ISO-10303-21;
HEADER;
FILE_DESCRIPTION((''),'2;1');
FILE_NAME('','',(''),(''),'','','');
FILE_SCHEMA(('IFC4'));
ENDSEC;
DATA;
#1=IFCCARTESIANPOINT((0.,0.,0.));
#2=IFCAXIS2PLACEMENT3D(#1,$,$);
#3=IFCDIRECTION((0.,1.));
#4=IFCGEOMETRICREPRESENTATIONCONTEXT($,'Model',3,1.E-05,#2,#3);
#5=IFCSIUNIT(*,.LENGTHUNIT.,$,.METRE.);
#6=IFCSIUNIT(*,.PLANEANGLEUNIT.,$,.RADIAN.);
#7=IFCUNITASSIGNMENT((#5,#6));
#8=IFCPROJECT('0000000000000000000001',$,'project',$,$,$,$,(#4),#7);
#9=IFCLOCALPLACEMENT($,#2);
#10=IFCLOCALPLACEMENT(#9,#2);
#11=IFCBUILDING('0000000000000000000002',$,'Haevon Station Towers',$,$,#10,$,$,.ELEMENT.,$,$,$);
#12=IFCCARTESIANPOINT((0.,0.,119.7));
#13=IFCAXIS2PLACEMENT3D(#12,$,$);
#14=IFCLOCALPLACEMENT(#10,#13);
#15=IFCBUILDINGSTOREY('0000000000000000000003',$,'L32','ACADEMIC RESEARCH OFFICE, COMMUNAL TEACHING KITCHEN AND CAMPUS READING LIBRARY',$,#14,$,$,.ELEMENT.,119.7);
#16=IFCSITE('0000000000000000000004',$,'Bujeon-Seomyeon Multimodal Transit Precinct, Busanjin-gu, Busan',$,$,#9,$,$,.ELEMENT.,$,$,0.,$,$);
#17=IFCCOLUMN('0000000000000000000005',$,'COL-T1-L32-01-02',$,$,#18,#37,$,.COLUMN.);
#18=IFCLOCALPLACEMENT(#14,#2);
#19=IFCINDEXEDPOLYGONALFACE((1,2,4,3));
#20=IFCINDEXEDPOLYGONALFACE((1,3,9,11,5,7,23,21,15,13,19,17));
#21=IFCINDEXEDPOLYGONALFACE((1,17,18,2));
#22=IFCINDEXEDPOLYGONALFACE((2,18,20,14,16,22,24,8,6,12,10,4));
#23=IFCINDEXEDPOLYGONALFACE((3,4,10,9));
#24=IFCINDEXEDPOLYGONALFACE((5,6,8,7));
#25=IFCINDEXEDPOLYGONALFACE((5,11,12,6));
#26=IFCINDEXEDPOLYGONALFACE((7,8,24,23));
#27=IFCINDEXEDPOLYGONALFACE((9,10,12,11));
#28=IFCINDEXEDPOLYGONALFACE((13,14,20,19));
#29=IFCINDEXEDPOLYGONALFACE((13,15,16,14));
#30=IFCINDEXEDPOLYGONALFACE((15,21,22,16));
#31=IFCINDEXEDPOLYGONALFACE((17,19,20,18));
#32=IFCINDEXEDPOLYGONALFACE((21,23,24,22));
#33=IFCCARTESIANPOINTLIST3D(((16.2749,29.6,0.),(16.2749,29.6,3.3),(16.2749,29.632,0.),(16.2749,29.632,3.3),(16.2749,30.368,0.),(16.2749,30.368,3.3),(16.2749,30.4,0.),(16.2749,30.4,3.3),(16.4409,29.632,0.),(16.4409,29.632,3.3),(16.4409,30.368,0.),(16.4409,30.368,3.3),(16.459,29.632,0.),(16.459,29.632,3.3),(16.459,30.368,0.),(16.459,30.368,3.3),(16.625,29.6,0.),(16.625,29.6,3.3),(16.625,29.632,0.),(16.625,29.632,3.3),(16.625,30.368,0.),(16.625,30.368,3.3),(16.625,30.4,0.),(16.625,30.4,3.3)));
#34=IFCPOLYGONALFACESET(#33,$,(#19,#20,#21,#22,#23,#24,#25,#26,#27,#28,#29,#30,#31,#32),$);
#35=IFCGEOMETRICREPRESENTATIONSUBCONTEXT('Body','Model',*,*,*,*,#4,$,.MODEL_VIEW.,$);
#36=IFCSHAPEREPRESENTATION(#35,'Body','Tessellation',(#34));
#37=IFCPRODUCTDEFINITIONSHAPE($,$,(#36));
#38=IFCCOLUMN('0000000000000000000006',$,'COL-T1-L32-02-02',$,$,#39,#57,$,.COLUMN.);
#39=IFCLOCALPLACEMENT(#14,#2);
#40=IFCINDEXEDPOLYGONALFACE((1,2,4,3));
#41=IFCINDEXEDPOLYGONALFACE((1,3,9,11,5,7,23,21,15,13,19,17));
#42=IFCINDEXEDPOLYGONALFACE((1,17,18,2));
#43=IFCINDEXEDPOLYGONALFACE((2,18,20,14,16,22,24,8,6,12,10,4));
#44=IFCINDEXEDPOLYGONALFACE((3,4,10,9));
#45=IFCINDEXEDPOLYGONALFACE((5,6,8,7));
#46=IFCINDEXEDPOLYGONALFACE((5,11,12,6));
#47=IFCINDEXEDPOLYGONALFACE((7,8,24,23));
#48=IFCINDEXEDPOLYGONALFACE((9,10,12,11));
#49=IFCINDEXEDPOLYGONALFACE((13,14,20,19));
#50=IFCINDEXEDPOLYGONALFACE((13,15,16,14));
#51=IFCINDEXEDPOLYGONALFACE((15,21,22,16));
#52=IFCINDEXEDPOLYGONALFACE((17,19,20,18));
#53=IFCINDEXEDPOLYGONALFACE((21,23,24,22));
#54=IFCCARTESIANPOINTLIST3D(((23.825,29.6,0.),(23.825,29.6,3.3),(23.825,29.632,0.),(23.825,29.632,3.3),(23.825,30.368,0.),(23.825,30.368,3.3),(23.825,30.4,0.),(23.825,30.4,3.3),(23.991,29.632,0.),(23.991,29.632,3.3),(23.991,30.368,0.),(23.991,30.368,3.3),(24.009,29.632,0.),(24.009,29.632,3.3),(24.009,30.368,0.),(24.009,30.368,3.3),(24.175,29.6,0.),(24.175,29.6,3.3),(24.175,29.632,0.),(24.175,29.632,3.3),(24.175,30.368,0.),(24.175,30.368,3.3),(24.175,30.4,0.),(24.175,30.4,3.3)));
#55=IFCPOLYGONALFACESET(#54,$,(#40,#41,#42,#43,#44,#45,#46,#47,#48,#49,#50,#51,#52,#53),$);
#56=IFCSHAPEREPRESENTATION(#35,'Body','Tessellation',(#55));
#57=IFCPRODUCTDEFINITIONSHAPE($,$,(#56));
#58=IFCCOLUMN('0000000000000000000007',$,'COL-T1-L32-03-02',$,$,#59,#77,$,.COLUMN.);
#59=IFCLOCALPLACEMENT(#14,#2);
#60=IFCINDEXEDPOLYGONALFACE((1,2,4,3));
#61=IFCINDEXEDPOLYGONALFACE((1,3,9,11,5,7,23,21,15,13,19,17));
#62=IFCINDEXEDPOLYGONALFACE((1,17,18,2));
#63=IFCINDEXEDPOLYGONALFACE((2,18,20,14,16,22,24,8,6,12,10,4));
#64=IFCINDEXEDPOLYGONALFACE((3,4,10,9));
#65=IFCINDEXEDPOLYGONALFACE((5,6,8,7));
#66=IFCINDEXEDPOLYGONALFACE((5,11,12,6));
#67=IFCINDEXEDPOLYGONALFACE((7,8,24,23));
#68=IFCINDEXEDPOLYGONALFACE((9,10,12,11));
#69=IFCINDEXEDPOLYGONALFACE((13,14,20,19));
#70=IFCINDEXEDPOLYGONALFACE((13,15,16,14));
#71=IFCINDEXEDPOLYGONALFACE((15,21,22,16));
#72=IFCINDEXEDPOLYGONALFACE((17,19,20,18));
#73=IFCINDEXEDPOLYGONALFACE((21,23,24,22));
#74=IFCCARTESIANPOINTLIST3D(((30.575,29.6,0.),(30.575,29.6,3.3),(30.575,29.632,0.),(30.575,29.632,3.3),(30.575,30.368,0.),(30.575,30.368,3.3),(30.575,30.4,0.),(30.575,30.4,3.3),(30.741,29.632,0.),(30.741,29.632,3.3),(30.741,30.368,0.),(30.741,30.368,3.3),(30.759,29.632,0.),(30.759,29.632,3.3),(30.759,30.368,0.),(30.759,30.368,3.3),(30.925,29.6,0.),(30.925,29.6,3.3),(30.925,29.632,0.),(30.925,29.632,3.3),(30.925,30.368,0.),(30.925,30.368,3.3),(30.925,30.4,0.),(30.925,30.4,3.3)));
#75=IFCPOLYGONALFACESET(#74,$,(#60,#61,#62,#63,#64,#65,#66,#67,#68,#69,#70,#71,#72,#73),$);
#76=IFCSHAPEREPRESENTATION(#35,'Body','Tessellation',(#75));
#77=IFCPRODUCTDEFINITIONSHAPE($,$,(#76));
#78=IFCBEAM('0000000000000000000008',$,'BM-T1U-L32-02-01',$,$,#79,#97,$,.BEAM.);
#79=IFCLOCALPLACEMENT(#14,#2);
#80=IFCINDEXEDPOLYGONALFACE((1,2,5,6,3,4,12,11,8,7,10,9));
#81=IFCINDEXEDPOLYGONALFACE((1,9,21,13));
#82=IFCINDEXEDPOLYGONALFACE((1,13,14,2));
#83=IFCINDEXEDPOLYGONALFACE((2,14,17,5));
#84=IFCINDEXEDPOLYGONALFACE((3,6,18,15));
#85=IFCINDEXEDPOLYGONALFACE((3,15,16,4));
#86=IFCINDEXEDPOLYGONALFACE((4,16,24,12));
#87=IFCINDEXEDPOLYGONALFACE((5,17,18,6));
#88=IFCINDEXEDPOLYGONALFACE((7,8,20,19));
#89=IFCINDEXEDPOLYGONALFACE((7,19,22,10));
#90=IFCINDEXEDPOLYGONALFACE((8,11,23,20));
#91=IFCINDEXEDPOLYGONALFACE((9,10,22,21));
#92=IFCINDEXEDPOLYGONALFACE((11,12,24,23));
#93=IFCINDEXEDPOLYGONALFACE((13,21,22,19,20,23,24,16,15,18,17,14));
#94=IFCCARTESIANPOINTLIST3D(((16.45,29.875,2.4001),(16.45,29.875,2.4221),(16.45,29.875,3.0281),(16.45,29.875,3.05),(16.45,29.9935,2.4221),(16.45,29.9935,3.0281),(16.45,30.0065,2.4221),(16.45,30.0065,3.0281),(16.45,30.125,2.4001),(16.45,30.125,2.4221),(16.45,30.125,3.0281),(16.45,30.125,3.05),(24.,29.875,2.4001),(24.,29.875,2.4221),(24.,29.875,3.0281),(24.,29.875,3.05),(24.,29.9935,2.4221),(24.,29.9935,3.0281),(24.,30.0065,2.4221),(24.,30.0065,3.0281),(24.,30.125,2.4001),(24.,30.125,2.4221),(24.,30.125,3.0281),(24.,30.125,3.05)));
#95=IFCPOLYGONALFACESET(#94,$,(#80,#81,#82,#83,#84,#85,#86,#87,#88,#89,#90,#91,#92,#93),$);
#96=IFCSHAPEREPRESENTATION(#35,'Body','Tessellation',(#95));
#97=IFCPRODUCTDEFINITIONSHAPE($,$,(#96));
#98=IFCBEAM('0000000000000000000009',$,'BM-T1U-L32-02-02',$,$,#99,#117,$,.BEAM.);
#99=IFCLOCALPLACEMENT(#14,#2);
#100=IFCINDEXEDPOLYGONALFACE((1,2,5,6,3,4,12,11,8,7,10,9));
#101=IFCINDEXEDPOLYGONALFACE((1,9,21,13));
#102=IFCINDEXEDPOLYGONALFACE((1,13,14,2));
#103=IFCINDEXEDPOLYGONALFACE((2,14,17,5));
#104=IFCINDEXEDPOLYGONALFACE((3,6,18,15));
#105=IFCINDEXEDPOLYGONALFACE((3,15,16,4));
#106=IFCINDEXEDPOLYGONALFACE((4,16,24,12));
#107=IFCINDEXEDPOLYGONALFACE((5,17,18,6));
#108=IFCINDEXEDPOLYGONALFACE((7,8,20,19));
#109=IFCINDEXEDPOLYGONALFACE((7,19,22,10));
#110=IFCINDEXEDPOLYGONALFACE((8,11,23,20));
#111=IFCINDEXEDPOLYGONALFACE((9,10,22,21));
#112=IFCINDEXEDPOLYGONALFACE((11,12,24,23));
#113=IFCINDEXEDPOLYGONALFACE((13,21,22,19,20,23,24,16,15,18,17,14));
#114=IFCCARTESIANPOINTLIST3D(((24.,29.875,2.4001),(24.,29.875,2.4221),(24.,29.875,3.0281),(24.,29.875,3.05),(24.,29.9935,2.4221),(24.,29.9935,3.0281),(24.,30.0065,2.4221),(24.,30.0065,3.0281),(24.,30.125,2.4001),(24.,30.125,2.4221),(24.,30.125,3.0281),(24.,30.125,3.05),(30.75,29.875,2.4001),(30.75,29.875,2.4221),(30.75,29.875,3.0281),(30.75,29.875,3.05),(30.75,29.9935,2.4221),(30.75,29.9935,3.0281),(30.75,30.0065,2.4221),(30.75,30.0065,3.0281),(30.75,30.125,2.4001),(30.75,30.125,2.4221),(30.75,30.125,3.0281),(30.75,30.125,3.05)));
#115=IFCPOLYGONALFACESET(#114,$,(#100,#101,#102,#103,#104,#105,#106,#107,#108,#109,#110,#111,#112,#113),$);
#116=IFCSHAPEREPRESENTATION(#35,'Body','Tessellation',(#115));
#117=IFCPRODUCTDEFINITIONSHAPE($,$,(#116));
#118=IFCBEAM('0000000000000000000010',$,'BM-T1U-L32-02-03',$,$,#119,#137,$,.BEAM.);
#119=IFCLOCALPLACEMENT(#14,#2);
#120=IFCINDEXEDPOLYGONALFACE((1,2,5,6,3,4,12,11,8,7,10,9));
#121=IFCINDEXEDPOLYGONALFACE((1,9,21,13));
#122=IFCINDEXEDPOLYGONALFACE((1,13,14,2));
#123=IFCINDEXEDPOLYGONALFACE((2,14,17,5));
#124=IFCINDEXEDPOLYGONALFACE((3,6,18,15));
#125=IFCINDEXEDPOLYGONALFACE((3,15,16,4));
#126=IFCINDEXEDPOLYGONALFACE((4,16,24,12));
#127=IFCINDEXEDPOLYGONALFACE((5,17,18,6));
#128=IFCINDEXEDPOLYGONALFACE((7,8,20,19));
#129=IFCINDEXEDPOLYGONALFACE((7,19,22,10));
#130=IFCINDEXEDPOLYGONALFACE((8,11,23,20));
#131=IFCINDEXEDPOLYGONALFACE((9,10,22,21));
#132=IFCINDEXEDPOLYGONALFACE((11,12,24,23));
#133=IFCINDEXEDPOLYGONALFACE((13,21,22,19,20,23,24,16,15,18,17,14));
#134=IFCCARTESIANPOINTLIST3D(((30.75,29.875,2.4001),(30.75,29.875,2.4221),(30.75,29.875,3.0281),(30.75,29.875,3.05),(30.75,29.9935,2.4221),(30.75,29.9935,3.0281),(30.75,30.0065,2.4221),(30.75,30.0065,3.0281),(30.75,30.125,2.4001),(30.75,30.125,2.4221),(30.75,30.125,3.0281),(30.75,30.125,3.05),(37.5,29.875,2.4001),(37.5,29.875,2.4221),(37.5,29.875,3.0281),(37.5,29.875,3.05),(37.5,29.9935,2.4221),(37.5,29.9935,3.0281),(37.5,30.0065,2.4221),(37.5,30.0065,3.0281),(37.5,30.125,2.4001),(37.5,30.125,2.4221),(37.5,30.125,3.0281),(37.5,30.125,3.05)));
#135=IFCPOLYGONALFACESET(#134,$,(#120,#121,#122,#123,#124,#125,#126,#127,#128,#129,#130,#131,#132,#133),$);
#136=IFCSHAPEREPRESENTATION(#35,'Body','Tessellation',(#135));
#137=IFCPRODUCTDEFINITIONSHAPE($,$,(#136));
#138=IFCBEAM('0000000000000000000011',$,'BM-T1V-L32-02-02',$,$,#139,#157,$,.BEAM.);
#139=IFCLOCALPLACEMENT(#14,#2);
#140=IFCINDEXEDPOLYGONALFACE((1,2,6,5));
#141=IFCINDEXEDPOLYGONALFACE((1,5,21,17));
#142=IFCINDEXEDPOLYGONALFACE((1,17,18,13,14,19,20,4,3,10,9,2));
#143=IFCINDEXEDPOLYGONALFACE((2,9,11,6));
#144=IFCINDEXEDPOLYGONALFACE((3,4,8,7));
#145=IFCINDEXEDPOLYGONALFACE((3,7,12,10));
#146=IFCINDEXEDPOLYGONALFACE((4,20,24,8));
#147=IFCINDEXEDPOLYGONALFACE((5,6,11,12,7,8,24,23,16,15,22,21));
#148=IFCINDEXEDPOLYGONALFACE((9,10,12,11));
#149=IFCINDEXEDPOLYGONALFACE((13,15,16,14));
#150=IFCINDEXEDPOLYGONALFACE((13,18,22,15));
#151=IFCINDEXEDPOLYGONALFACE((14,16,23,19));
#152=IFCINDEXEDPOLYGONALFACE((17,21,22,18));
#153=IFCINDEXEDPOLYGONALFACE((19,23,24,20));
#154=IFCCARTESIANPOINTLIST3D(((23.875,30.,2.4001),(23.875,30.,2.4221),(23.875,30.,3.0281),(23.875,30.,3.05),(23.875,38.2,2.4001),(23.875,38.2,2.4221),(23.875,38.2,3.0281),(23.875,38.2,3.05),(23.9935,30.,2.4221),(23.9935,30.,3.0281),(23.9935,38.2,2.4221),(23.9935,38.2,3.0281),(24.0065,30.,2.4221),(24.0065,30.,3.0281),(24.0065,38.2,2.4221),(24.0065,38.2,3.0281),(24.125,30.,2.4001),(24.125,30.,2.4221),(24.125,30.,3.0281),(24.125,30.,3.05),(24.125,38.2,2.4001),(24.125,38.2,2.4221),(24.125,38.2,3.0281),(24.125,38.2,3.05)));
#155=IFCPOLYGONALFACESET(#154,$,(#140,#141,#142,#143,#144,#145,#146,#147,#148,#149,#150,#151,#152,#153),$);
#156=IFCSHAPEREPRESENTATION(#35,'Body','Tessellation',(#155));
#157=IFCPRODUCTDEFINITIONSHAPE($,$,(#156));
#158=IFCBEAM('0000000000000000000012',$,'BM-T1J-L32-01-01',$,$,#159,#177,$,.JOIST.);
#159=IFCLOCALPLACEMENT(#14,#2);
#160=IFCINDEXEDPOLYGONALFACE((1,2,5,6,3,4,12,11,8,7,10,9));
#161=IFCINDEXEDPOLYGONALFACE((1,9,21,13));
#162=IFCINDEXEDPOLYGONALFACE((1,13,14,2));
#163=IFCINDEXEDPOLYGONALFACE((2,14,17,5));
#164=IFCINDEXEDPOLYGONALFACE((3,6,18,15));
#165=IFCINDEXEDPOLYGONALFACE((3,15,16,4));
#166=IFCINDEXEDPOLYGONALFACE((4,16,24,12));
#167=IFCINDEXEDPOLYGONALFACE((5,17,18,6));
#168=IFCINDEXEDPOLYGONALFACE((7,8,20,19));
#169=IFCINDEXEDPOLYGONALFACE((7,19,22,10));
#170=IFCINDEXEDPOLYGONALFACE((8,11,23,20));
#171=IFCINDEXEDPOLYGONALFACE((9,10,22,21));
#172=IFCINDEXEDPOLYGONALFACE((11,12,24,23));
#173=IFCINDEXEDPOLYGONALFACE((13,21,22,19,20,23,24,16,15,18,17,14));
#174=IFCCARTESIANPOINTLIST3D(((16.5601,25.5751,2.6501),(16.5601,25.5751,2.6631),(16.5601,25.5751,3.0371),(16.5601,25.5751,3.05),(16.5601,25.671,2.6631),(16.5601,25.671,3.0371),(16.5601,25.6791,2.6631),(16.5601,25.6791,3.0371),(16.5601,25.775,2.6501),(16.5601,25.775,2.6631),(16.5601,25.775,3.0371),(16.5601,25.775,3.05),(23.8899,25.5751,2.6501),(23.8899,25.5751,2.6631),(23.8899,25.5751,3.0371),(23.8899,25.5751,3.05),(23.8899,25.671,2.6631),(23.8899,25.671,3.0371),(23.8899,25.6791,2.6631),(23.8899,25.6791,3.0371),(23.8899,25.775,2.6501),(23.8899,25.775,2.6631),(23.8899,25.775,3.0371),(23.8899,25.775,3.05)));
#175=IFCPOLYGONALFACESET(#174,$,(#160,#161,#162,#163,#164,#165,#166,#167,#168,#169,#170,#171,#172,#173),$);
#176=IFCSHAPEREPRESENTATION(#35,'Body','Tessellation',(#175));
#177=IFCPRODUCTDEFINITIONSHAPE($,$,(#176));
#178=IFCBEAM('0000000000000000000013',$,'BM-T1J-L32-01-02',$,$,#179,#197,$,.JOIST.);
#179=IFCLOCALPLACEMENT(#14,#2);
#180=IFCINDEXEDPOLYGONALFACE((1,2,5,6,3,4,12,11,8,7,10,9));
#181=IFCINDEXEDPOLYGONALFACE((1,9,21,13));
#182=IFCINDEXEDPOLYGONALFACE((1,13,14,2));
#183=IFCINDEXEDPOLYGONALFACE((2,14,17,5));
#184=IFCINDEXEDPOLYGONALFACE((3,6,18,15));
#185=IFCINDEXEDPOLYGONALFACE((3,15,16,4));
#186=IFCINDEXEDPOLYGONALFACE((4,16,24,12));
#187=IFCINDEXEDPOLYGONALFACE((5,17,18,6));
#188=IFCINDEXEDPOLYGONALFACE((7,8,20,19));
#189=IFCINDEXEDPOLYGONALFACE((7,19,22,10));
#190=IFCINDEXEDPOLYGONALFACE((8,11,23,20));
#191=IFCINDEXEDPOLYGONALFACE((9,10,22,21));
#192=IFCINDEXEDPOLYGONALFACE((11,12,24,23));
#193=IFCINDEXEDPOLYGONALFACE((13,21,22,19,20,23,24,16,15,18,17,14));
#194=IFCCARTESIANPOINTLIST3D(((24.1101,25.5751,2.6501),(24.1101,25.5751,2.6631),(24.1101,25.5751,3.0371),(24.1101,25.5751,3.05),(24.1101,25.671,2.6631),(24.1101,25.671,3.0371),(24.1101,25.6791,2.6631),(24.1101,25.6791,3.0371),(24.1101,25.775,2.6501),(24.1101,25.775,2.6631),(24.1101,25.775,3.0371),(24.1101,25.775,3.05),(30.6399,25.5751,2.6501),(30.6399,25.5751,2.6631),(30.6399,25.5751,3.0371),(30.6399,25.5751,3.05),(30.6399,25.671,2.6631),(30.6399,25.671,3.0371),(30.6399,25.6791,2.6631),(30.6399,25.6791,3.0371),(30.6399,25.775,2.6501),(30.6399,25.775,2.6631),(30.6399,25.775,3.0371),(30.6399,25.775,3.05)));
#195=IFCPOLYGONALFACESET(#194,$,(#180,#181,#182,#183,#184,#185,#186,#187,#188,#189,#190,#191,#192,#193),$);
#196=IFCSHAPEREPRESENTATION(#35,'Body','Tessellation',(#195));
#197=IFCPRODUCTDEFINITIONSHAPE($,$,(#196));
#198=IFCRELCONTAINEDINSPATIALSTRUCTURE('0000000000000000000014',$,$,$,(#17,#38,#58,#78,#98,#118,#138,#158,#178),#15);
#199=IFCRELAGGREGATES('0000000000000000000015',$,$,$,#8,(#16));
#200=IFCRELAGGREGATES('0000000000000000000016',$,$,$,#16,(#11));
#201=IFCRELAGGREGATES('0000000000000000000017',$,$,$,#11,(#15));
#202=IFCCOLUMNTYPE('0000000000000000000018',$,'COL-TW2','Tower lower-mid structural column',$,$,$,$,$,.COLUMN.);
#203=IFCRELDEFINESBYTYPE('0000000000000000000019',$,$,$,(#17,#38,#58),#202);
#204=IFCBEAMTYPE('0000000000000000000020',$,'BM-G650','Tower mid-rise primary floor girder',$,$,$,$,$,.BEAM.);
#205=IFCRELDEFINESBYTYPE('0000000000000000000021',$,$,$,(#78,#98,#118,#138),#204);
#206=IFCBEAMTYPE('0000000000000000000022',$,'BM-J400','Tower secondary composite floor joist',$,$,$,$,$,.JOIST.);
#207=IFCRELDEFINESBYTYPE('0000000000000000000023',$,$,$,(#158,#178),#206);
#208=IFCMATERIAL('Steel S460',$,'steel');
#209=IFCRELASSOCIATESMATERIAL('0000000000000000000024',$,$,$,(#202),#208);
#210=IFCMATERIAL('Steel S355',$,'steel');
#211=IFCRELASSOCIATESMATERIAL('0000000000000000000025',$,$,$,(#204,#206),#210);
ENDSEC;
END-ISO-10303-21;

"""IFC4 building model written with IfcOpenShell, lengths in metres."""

from ifc_helpers import new_model, si_unit, direction, frame, origin, origin_2d, place, context, subcontext, project, spatial, i_section, extrude, material, material_profile, profile_set, type_object, element, save


model = new_model("IFC4")

# Units and contexts
model_context = context("Model", 3, precision=1e-05, world=origin(), true_north=direction((0.0, 1.0)))
body_context = subcontext(model_context, "Body", "Model", "MODEL_VIEW")
ifc_project = project(units=[si_unit("LENGTHUNIT", "METRE"), si_unit("PLANEANGLEUNIT", "RADIAN")], contexts=[model_context])

# Site, building, storey
site_placement = place(None, origin())
site = spatial("IfcSite", under=ifc_project, at=site_placement, Name="Bujeon-Seomyeon Multimodal Transit Precinct, Busanjin-gu, Busan", CompositionType="ELEMENT", RefElevation=0.0)
building_placement = place(site_placement, origin())
building = spatial("IfcBuilding", under=site, at=building_placement, Name="Haevon Station Towers", CompositionType="ELEMENT")
storey_placement = place(building_placement, frame((0.0, 0.0, 119.7)))
storey = spatial("IfcBuildingStorey", under=building, at=storey_placement, Name="L32", Description="ACADEMIC RESEARCH OFFICE, COMMUNAL TEACHING KITCHEN AND CAMPUS READING LIBRARY", CompositionType="ELEMENT", Elevation=119.7)

# Columns
ifc_material_1 = material(Name="Steel S460", Category="steel")
ifc_material_profile_1 = material_profile(ifc_material_1, i_section(OverallWidth=0.3501, OverallDepth=0.8, WebThickness=0.0181, FlangeThickness=0.032, at=origin_2d()), Name="H-800x350x18x32")
ifc_profile_set_1 = profile_set([ifc_material_profile_1], Name="Steel S460")
column_type = type_object("IfcColumnType", Name="COL-TW2", Description="Tower lower-mid structural column", PredefinedType="COLUMN", material=ifc_profile_set_1)
for number, where, z_axis, x_axis, name in (
    (1, (16.45, 30.0, 0.0), (0.0, 0.0, 1.0), (1.0, 0.0, 0.0), "COL-T1-L32-01-02"),
    (2, (24.0, 30.0, 0.0), (0.0, 0.0, 1.0), (1.0, 0.0, 0.0), "COL-T1-L32-02-02"),
    (3, (30.75, 30.0, 0.0), (0.0, 0.0, 1.0), (1.0, 0.0, 0.0), "COL-T1-L32-03-02"),
):
    element("IfcColumn", number, at=place(storey_placement, frame(where, z_axis=z_axis, x_axis=x_axis)), inside=storey, type_object=column_type, Name=name, PredefinedType="COLUMN", context=body_context, shape_type="SweptSolid", body=[
        extrude(i_section(OverallWidth=0.3501, OverallDepth=0.8, WebThickness=0.0181, FlangeThickness=0.032, at=origin_2d()), origin(), (0.0, 0.0, 1.0), 3.3),
    ])

# Beams
ifc_material_2 = material(Name="Steel S355", Category="steel")
ifc_material_profile_2 = material_profile(ifc_material_2, i_section(OverallWidth=0.25, OverallDepth=0.6499, WebThickness=0.0129, FlangeThickness=0.022, at=origin_2d()), Name="H-650x250x13x22")
ifc_profile_set_2 = profile_set([ifc_material_profile_2], Name="Steel S355")
beam_type_1 = type_object("IfcBeamType", Name="BM-G650", Description="Tower mid-rise primary floor girder", PredefinedType="BEAM", material=ifc_profile_set_2)
beam_1_placement = place(storey_placement, frame((16.45, 30.0, 2.7251), z_axis=(1.0, 0.0, 0.0), x_axis=(0.0, 1.0, 0.0)))
element("IfcBeam", 4, at=beam_1_placement, inside=storey, type_object=beam_type_1, Name="BM-T1U-L32-02-01", PredefinedType="BEAM", context=body_context, shape_type="SweptSolid", body=[
    extrude(i_section(OverallWidth=0.25, OverallDepth=0.6499, WebThickness=0.0129, FlangeThickness=0.022, at=origin_2d()), origin(), (0.0, 0.0, 1.0), 7.55),
])
for number, where, z_axis, x_axis, name in (
    (5, (24.0, 30.0, 2.7251), (1.0, 0.0, 0.0), (0.0, 1.0, 0.0), "BM-T1U-L32-02-02"),
    (6, (30.75, 30.0, 2.7251), (1.0, 0.0, 0.0), (0.0, 1.0, 0.0), "BM-T1U-L32-02-03"),
):
    element("IfcBeam", number, at=place(storey_placement, frame(where, z_axis=z_axis, x_axis=x_axis)), inside=storey, type_object=beam_type_1, Name=name, PredefinedType="BEAM", context=body_context, shape_type="SweptSolid", body=[
        extrude(i_section(OverallWidth=0.25, OverallDepth=0.6499, WebThickness=0.0129, FlangeThickness=0.022, at=origin_2d()), origin(), (0.0, 0.0, 1.0), 6.75),
    ])
beam_2_placement = place(storey_placement, frame((24.0, 30.0, 2.7251), z_axis=(0.0, 1.0, 0.0), x_axis=(-1.0, 0.0, 0.0)))
element("IfcBeam", 7, at=beam_2_placement, inside=storey, type_object=beam_type_1, Name="BM-T1V-L32-02-02", PredefinedType="BEAM", context=body_context, shape_type="SweptSolid", body=[
    extrude(i_section(OverallWidth=0.25, OverallDepth=0.6499, WebThickness=0.0129, FlangeThickness=0.022, at=origin_2d()), origin(), (0.0, 0.0, 1.0), 8.2),
])
ifc_material_profile_3 = material_profile(ifc_material_2, i_section(OverallWidth=0.2, OverallDepth=0.3999, WebThickness=0.0081, FlangeThickness=0.0129, at=origin_2d()), Name="H-400x200x8x13")
ifc_profile_set_3 = profile_set([ifc_material_profile_3], Name="Steel S355")
beam_type_2 = type_object("IfcBeamType", Name="BM-J400", Description="Tower secondary composite floor joist", PredefinedType="JOIST", material=ifc_profile_set_3)
beam_3_placement = place(storey_placement, frame((16.5601, 25.675, 2.8501), z_axis=(1.0, 0.0, 0.0), x_axis=(0.0, 1.0, 0.0)))
element("IfcBeam", 8, at=beam_3_placement, inside=storey, type_object=beam_type_2, Name="BM-T1J-L32-01-01", PredefinedType="JOIST", context=body_context, shape_type="SweptSolid", body=[
    extrude(i_section(OverallWidth=0.2, OverallDepth=0.3999, WebThickness=0.0081, FlangeThickness=0.0129, at=origin_2d()), origin(), (0.0, 0.0, 1.0), 7.3298),
])
beam_4_placement = place(storey_placement, frame((24.1101, 25.675, 2.8501), z_axis=(1.0, 0.0, 0.0), x_axis=(0.0, 1.0, 0.0)))
element("IfcBeam", 9, at=beam_4_placement, inside=storey, type_object=beam_type_2, Name="BM-T1J-L32-01-02", PredefinedType="JOIST", context=body_context, shape_type="SweptSolid", body=[
    extrude(i_section(OverallWidth=0.2, OverallDepth=0.3999, WebThickness=0.0081, FlangeThickness=0.0129, at=origin_2d()), origin(), (0.0, 0.0, 1.0), 6.5298),
])

save(model, "model.ifc")
